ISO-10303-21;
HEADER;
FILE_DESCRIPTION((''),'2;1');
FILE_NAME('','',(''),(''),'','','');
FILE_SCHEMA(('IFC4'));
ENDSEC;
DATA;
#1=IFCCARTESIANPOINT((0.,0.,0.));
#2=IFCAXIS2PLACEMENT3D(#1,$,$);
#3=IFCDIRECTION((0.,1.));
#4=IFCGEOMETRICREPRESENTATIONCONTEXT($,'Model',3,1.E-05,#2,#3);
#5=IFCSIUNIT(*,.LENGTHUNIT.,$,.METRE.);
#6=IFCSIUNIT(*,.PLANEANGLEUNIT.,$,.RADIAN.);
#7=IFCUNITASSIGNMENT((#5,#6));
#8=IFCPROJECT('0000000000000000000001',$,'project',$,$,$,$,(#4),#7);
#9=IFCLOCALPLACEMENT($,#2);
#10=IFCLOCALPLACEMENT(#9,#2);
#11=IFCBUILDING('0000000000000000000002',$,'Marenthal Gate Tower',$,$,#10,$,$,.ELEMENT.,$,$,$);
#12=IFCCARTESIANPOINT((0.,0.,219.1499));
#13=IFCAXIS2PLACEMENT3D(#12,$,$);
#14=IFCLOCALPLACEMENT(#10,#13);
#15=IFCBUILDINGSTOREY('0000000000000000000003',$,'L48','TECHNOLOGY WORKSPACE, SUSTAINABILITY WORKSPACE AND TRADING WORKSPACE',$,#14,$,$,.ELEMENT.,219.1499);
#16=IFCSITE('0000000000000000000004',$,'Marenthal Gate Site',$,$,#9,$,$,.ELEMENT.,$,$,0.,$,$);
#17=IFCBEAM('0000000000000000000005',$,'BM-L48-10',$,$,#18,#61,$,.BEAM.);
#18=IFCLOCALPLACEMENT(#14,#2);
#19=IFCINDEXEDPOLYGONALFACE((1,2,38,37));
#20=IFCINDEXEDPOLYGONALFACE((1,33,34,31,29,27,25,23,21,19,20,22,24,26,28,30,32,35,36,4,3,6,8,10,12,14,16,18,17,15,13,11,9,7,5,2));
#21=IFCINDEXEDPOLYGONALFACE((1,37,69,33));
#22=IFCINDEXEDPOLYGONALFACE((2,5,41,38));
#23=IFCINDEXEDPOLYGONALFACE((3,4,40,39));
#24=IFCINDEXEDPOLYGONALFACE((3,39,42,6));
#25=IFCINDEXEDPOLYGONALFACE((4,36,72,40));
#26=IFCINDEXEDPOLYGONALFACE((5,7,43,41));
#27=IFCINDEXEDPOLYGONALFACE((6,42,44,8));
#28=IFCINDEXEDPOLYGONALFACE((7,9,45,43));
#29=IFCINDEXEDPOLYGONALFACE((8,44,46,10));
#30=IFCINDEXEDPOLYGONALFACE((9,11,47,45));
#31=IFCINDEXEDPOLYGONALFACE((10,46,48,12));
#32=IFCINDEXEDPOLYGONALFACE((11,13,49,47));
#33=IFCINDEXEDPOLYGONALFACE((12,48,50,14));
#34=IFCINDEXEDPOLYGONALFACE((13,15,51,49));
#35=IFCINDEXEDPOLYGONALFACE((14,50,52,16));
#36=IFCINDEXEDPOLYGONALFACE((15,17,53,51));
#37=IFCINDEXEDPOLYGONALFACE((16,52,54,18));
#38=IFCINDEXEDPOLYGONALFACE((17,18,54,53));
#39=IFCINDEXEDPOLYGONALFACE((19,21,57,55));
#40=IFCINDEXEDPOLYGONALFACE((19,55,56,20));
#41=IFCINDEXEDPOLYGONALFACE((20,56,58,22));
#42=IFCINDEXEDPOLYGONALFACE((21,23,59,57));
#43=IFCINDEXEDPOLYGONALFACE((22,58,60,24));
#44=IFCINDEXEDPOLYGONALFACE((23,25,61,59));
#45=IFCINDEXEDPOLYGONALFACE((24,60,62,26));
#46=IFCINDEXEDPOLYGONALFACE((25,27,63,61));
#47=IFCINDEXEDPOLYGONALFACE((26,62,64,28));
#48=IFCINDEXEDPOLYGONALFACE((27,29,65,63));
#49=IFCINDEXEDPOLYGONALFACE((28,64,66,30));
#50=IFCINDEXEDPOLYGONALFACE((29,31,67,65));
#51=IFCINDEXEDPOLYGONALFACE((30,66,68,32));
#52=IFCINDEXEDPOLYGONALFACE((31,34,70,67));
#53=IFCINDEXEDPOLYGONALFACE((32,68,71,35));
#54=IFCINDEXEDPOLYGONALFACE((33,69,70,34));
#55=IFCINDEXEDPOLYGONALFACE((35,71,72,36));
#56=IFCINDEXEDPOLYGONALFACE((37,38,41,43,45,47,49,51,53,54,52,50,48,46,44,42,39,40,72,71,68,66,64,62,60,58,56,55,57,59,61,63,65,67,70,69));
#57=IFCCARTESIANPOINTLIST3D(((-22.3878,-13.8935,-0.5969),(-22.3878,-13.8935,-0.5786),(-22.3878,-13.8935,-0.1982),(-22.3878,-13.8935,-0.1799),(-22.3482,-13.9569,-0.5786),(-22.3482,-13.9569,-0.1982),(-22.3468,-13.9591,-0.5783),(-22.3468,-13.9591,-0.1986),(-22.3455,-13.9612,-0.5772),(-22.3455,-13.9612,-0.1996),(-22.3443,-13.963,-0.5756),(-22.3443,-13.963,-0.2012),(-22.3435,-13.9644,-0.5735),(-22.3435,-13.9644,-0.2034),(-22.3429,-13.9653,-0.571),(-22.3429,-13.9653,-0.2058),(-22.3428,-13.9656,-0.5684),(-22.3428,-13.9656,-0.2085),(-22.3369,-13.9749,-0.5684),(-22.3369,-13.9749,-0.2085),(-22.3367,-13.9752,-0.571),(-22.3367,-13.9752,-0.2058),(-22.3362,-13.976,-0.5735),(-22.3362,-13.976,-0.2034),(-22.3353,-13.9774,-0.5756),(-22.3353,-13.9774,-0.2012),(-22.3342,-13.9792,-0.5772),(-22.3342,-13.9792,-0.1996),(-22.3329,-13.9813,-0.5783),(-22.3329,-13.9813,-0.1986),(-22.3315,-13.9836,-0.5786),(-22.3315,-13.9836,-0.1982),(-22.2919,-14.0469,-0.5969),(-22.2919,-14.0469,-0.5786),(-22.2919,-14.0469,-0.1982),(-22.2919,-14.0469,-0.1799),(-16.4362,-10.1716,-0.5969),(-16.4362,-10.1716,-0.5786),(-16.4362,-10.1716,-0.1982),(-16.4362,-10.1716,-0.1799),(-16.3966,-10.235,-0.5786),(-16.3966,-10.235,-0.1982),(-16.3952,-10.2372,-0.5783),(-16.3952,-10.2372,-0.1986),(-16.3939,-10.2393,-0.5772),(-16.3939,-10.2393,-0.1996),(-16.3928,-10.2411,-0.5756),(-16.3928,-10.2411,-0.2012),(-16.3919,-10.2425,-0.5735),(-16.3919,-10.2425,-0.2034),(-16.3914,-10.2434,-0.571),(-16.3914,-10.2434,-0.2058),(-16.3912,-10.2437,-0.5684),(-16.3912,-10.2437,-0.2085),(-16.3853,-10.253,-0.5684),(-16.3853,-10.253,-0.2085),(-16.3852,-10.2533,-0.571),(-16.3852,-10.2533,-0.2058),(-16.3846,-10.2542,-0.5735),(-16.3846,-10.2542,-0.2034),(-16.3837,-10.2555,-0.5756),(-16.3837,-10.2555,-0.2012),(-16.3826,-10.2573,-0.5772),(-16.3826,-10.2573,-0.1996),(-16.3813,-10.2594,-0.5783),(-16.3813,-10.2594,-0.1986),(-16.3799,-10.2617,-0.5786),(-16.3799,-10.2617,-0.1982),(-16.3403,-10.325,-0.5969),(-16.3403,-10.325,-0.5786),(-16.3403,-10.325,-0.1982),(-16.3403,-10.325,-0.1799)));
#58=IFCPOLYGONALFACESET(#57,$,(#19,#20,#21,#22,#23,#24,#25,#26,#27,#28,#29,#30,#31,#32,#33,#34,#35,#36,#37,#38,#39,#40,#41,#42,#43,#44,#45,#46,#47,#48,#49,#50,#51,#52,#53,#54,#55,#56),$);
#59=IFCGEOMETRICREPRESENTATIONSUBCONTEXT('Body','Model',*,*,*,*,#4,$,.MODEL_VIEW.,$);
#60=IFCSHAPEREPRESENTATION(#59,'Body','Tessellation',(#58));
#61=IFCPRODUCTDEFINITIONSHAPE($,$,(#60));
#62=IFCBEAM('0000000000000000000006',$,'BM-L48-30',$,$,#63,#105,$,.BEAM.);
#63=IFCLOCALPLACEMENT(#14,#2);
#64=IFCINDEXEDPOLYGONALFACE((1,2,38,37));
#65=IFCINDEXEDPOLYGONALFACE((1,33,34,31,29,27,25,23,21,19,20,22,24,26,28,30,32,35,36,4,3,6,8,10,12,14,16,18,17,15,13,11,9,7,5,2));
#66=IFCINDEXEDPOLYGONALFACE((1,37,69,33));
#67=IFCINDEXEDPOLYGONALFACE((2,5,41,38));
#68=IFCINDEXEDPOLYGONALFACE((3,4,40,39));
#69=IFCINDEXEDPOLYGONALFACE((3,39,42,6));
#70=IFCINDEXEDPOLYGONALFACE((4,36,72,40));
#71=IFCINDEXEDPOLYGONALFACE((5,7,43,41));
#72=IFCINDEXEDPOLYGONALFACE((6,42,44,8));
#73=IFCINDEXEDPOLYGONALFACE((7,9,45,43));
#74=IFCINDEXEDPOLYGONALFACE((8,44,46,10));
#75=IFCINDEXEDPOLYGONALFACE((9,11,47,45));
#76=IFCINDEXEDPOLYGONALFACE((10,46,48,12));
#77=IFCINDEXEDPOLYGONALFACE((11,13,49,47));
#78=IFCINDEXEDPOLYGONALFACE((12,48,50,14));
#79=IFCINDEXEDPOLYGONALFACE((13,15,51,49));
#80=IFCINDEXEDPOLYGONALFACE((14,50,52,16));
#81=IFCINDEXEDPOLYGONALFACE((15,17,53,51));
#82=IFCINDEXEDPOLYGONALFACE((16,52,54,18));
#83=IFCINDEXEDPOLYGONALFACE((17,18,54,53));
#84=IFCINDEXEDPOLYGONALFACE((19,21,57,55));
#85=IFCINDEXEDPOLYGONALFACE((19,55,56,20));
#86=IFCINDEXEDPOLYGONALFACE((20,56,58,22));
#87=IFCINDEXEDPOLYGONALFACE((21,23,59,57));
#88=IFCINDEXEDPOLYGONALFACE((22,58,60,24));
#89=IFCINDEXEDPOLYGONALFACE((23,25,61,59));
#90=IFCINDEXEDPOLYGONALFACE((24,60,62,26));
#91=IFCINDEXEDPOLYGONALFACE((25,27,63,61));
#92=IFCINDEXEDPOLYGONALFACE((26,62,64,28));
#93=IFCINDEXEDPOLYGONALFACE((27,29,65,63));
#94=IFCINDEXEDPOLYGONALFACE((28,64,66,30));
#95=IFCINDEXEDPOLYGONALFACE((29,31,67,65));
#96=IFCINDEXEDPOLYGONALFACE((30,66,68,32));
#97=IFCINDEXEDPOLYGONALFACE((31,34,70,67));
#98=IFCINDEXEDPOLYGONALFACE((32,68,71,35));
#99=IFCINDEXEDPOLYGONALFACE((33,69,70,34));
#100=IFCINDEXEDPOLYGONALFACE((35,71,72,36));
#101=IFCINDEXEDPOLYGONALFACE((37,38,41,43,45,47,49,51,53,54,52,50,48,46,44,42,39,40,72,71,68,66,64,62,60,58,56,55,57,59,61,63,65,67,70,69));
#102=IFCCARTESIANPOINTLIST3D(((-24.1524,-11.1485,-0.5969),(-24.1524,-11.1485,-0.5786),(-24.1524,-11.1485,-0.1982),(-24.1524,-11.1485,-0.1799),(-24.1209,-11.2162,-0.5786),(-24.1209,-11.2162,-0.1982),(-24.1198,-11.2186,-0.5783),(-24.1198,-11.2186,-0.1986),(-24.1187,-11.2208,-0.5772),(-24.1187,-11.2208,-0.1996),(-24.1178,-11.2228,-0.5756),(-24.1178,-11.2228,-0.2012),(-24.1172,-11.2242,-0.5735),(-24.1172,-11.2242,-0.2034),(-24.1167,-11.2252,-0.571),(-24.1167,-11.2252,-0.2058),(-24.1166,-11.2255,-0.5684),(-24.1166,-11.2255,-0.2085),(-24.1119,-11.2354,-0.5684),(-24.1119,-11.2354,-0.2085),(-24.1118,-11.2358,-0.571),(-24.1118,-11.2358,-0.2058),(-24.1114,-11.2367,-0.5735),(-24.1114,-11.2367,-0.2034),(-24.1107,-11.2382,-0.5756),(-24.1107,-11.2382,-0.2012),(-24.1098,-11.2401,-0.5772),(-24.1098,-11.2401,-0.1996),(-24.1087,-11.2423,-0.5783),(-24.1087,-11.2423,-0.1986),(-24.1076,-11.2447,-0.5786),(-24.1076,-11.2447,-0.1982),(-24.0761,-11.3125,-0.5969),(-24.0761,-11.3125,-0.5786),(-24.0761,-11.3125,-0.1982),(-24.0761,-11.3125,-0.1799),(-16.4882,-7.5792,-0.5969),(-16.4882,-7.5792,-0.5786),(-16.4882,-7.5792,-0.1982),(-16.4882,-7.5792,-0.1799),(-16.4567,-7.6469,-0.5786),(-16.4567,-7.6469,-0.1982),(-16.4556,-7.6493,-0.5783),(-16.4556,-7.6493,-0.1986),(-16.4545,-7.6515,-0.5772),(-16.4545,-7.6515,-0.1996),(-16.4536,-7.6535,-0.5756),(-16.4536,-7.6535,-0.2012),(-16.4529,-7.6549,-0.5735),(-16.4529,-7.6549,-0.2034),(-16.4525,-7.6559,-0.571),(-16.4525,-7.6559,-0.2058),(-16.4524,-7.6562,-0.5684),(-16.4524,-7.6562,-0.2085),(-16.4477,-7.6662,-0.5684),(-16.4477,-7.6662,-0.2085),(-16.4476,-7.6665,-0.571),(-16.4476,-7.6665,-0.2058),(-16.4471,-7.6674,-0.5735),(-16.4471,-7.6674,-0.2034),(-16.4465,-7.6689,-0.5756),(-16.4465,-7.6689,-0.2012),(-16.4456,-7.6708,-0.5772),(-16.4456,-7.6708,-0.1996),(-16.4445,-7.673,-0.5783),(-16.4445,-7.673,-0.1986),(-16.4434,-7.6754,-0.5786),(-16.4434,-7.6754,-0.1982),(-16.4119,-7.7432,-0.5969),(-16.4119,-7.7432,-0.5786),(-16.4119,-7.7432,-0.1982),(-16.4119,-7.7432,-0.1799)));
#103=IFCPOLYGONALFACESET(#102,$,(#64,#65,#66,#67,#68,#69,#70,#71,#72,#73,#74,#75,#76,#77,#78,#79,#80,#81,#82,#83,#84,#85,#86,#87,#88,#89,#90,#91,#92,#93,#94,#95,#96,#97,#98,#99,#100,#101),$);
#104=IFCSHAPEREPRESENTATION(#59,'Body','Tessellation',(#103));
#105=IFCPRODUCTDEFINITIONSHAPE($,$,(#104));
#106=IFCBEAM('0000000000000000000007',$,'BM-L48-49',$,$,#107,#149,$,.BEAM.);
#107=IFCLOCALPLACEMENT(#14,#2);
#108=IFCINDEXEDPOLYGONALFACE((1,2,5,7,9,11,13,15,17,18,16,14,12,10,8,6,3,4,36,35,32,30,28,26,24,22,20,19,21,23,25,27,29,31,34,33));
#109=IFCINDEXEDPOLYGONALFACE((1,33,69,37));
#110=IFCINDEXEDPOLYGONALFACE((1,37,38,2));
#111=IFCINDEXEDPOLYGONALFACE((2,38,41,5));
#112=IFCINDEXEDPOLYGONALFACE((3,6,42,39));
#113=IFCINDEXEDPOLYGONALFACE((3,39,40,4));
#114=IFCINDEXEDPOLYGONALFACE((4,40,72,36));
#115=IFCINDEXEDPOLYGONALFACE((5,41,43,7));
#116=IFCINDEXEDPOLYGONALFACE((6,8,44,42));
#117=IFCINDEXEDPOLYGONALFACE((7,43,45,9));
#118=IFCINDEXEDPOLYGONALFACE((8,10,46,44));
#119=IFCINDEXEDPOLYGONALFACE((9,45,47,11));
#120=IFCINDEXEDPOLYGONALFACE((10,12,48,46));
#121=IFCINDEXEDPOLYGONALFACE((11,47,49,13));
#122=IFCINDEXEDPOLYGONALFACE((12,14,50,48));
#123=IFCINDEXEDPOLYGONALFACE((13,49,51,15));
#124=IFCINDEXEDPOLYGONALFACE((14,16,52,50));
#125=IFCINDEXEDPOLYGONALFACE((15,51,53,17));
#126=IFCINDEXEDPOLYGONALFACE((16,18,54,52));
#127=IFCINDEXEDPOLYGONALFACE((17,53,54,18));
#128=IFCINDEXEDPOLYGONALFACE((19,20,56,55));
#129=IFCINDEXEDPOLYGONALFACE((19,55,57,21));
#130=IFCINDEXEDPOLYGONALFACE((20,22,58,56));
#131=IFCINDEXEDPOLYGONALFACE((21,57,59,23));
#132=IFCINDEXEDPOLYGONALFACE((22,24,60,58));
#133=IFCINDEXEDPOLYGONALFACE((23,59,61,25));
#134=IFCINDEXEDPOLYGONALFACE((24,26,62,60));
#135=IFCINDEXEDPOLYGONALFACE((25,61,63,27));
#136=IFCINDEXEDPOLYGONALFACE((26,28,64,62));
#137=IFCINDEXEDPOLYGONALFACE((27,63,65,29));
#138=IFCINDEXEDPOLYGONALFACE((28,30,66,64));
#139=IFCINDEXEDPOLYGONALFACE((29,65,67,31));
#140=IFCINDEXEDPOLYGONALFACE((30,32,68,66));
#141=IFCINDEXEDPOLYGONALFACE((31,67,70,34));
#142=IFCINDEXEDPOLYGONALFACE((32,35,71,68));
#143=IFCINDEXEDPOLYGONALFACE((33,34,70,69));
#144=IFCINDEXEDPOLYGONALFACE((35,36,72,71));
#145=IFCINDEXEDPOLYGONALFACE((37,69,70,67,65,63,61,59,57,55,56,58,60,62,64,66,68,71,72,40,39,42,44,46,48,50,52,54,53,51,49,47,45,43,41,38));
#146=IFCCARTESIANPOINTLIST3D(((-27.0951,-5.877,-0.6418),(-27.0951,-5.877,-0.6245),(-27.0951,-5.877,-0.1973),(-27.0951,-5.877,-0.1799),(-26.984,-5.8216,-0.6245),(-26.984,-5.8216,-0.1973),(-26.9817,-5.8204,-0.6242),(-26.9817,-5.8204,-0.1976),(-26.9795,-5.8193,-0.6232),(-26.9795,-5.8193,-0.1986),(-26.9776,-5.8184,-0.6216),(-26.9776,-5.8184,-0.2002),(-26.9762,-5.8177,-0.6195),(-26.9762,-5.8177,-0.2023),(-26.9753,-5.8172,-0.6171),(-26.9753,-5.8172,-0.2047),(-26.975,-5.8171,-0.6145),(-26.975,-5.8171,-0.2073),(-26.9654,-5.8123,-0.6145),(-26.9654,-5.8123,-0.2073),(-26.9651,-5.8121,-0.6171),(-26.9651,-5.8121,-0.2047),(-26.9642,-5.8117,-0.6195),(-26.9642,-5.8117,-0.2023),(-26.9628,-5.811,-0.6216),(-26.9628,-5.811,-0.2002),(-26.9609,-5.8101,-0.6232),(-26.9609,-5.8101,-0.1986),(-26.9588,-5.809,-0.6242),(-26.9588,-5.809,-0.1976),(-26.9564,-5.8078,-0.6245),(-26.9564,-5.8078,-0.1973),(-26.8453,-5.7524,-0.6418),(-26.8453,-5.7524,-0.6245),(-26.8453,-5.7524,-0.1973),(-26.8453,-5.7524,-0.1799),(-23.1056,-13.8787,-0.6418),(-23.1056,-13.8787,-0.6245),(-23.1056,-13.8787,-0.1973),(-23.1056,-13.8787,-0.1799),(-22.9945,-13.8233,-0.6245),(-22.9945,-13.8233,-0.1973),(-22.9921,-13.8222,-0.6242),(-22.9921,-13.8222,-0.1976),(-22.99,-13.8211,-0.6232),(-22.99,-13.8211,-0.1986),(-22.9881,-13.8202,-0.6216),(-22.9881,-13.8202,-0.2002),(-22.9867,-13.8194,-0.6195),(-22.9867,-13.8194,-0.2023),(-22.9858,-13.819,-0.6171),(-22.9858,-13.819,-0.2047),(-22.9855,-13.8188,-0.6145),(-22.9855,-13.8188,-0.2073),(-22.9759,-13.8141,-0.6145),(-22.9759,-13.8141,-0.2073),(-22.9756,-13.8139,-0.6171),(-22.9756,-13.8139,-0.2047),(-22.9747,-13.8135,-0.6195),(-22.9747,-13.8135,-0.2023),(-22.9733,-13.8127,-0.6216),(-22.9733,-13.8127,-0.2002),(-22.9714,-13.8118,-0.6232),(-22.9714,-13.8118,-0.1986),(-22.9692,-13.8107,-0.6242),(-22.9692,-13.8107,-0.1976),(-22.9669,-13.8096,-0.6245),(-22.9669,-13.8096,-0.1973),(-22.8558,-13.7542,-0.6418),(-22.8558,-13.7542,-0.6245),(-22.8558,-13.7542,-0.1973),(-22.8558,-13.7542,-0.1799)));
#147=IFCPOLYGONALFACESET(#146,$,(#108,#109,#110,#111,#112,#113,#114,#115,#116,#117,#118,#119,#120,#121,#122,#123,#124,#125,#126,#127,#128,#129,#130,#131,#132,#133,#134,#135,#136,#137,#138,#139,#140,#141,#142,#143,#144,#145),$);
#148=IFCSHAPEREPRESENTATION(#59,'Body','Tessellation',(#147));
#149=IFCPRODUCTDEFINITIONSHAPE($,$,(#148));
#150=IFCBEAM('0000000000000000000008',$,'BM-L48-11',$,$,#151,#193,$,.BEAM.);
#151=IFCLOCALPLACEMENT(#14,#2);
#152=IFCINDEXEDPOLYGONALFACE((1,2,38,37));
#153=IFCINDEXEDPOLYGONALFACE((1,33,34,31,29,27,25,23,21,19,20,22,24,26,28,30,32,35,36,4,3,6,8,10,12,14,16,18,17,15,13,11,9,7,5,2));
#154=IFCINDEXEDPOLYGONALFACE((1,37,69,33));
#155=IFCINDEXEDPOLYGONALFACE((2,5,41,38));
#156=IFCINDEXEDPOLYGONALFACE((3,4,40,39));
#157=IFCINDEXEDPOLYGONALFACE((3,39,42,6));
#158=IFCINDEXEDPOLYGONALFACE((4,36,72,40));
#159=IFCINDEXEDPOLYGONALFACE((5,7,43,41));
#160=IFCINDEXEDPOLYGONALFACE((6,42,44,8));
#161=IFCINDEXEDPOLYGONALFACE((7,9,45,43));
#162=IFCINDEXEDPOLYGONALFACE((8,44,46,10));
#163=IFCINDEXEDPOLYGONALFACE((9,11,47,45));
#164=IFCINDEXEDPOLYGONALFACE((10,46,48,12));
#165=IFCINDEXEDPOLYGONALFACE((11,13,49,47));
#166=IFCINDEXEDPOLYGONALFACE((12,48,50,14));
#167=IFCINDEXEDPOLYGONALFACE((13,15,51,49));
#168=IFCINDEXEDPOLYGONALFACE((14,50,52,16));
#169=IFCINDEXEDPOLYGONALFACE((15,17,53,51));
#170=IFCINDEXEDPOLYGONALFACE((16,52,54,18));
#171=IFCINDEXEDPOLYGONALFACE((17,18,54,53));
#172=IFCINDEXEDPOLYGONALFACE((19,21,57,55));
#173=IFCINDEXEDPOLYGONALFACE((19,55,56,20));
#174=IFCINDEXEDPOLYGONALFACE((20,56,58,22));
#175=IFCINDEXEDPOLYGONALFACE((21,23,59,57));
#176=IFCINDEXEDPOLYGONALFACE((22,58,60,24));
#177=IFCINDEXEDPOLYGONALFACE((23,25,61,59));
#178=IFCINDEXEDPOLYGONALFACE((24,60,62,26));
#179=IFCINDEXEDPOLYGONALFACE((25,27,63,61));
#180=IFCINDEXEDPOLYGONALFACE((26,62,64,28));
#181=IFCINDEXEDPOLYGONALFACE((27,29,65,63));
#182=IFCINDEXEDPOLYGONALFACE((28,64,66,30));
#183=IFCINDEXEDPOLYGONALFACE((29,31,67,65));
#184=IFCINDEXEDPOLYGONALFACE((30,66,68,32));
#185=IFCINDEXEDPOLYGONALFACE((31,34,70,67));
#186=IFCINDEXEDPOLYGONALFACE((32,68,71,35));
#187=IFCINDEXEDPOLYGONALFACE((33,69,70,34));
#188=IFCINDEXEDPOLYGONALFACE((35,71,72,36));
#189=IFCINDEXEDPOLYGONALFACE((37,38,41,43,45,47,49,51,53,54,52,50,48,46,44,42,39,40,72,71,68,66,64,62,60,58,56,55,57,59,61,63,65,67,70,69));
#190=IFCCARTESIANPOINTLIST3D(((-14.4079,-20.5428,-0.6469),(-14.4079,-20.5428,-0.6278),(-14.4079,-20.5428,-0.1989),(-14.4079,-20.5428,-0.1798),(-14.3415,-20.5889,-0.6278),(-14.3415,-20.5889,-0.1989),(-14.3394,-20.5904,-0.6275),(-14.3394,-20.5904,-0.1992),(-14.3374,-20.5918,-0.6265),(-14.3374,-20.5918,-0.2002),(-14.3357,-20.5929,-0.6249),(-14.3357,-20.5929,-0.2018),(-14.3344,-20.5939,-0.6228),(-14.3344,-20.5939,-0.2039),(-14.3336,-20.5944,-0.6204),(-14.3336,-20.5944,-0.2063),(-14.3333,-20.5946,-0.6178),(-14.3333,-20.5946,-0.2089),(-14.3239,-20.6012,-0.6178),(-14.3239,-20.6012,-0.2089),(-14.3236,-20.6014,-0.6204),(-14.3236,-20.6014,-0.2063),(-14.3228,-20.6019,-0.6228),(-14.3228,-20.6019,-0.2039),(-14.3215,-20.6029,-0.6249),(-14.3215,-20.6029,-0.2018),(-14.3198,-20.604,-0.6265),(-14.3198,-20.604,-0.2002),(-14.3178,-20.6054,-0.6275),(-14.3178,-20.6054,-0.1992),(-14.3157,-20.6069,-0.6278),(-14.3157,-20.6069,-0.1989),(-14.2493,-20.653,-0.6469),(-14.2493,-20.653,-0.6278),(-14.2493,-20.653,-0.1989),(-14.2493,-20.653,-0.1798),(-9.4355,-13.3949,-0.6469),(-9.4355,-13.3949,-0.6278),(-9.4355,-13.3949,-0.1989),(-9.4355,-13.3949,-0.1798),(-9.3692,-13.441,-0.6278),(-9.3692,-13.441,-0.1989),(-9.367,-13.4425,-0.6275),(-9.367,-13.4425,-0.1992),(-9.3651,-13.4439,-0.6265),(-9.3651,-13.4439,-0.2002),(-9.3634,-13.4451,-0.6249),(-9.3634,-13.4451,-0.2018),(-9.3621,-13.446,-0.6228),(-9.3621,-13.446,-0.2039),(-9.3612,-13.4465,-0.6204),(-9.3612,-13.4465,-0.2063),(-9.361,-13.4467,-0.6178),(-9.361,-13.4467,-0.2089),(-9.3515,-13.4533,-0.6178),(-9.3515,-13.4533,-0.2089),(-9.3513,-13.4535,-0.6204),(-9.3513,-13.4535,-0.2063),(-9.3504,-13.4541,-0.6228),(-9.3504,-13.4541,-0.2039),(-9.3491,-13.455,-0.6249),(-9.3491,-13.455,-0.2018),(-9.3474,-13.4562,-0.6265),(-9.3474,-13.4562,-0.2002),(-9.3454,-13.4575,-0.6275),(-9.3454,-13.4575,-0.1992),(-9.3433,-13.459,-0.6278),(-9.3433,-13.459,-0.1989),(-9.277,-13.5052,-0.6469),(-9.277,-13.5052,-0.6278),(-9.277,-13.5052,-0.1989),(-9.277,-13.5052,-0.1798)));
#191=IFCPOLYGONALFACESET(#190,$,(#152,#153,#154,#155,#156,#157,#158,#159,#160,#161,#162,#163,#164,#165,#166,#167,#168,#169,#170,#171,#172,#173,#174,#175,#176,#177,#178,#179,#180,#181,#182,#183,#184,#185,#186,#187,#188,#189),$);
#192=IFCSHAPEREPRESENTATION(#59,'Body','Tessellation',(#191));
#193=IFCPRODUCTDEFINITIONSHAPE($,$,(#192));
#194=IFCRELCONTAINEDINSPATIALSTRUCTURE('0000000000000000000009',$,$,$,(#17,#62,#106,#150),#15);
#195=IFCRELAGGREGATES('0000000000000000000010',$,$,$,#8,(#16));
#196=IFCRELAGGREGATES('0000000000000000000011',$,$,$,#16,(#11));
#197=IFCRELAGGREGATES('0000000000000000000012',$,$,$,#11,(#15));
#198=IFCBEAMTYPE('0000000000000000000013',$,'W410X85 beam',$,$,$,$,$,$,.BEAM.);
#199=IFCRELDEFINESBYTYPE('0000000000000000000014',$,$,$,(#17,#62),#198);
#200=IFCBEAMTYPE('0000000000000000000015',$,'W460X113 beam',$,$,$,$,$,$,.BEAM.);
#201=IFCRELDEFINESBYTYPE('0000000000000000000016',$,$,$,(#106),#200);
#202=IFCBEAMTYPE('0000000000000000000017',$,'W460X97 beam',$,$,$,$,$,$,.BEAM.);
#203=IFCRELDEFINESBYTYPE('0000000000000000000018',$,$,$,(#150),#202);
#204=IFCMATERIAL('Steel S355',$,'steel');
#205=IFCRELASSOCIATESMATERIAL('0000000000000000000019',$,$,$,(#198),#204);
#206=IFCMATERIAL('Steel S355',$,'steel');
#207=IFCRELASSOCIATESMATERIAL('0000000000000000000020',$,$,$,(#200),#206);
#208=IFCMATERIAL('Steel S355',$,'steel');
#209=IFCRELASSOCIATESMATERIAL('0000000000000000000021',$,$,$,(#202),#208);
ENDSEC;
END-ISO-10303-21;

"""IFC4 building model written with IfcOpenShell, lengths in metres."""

from ifc_helpers import new_model, si_unit, direction, frame, origin, origin_2d, place, context, subcontext, project, spatial, i_section, extrude, material, material_profile, profile_set, type_object, element, save


model = new_model("IFC4")

# Units and contexts
model_context = context("Model", 3, precision=1e-05, world=origin(), true_north=direction((0.0, 1.0)))
body_context = subcontext(model_context, "Body", "Model", "MODEL_VIEW")
ifc_project = project(units=[si_unit("LENGTHUNIT", "METRE"), si_unit("PLANEANGLEUNIT", "RADIAN")], contexts=[model_context])

# Site, building, storey
site_placement = place(None, origin())
site = spatial("IfcSite", under=ifc_project, at=site_placement, Name="Marenthal Gate Site", CompositionType="ELEMENT", RefElevation=0.0)
building_placement = place(site_placement, origin())
building = spatial("IfcBuilding", under=site, at=building_placement, Name="Marenthal Gate Tower", CompositionType="ELEMENT")
storey_placement = place(building_placement, frame((0.0, 0.0, 219.1499)))
storey = spatial("IfcBuildingStorey", under=building, at=storey_placement, Name="L48", Description="TECHNOLOGY WORKSPACE, SUSTAINABILITY WORKSPACE AND TRADING WORKSPACE", CompositionType="ELEMENT", Elevation=219.1499)

# Beams
ifc_material_1 = material(Name="Steel S355", Category="steel")
ifc_material_profile_1 = material_profile(ifc_material_1, i_section(OverallWidth=0.1809, OverallDepth=0.417, WebThickness=0.011, FlangeThickness=0.0183, FilletRadius=0.0103, at=origin_2d()), Name="W410X85")
ifc_profile_set_1 = profile_set([ifc_material_profile_1], Name="Steel S355")
beam_type_1 = type_object("IfcBeamType", Name="W410X85 beam", PredefinedType="BEAM", material=ifc_profile_set_1)
beam_1_placement = place(storey_placement, frame((-22.3398, -13.9702, -0.3884), z_axis=(0.847862, 0.530218, 0.0), x_axis=(-0.530218, 0.847862, 0.0)))
element("IfcBeam", 1, at=beam_1_placement, inside=storey, type_object=beam_type_1, Name="BM-L48-10", PredefinedType="BEAM", context=body_context, shape_type="SweptSolid", body=[
    extrude(i_section(OverallWidth=0.1809, OverallDepth=0.417, WebThickness=0.011, FlangeThickness=0.0183, FilletRadius=0.0103, at=origin_2d()), origin(), (0.0, 0.0, 1.0), 7.0195),
])
beam_2_placement = place(storey_placement, frame((-24.1143, -11.2305, -0.3884), z_axis=(0.906516, 0.422172, 0.0), x_axis=(-0.422172, 0.906516, 0.0)))
element("IfcBeam", 2, at=beam_2_placement, inside=storey, type_object=beam_type_1, Name="BM-L48-30", PredefinedType="BEAM", context=body_context, shape_type="SweptSolid", body=[
    extrude(i_section(OverallWidth=0.1809, OverallDepth=0.417, WebThickness=0.011, FlangeThickness=0.0183, FilletRadius=0.0103, at=origin_2d()), origin(), (0.0, 0.0, 1.0), 8.4546),
])
ifc_material_2 = material(Name="Steel S355", Category="steel")
ifc_material_profile_2 = material_profile(ifc_material_2, i_section(OverallWidth=0.2791, OverallDepth=0.4619, WebThickness=0.0107, FlangeThickness=0.0173, FilletRadius=0.01, at=origin_2d()), Name="W460X113")
ifc_profile_set_2 = profile_set([ifc_material_profile_2], Name="Steel S355")
beam_type_2 = type_object("IfcBeamType", Name="W460X113 beam", PredefinedType="BEAM", material=ifc_profile_set_2)
beam_3_placement = place(storey_placement, frame((-26.9702, -5.8147, -0.4109), z_axis=(0.446198, -0.894934, 0.0), x_axis=(0.894934, 0.446198, 0.0)))
element("IfcBeam", 3, at=beam_3_placement, inside=storey, type_object=beam_type_2, Name="BM-L48-49", PredefinedType="BEAM", context=body_context, shape_type="SweptSolid", body=[
    extrude(i_section(OverallWidth=0.2791, OverallDepth=0.4619, WebThickness=0.0107, FlangeThickness=0.0173, FilletRadius=0.01, at=origin_2d()), origin(), (0.0, 0.0, 1.0), 8.9412),
])
ifc_material_3 = material(Name="Steel S355", Category="steel")
ifc_material_profile_3 = material_profile(ifc_material_3, i_section(OverallWidth=0.1931, OverallDepth=0.467, WebThickness=0.0115, FlangeThickness=0.019, FilletRadius=0.01, at=origin_2d()), Name="W460X97")
ifc_profile_set_3 = profile_set([ifc_material_profile_3], Name="Steel S355")
beam_type_3 = type_object("IfcBeamType", Name="W460X97 beam", PredefinedType="BEAM", material=ifc_profile_set_3)
beam_4_placement = place(storey_placement, frame((-14.3286, -20.5979, -0.4133), z_axis=(0.571059, 0.820909, 0.0), x_axis=(-0.820909, 0.571059, 0.0)))
element("IfcBeam", 4, at=beam_4_placement, inside=storey, type_object=beam_type_3, Name="BM-L48-11", PredefinedType="BEAM", context=body_context, shape_type="SweptSolid", body=[
    extrude(i_section(OverallWidth=0.1931, OverallDepth=0.467, WebThickness=0.0115, FlangeThickness=0.019, FilletRadius=0.01, at=origin_2d()), origin(), (0.0, 0.0, 1.0), 8.7073),
])

save(model, "model.ifc")
